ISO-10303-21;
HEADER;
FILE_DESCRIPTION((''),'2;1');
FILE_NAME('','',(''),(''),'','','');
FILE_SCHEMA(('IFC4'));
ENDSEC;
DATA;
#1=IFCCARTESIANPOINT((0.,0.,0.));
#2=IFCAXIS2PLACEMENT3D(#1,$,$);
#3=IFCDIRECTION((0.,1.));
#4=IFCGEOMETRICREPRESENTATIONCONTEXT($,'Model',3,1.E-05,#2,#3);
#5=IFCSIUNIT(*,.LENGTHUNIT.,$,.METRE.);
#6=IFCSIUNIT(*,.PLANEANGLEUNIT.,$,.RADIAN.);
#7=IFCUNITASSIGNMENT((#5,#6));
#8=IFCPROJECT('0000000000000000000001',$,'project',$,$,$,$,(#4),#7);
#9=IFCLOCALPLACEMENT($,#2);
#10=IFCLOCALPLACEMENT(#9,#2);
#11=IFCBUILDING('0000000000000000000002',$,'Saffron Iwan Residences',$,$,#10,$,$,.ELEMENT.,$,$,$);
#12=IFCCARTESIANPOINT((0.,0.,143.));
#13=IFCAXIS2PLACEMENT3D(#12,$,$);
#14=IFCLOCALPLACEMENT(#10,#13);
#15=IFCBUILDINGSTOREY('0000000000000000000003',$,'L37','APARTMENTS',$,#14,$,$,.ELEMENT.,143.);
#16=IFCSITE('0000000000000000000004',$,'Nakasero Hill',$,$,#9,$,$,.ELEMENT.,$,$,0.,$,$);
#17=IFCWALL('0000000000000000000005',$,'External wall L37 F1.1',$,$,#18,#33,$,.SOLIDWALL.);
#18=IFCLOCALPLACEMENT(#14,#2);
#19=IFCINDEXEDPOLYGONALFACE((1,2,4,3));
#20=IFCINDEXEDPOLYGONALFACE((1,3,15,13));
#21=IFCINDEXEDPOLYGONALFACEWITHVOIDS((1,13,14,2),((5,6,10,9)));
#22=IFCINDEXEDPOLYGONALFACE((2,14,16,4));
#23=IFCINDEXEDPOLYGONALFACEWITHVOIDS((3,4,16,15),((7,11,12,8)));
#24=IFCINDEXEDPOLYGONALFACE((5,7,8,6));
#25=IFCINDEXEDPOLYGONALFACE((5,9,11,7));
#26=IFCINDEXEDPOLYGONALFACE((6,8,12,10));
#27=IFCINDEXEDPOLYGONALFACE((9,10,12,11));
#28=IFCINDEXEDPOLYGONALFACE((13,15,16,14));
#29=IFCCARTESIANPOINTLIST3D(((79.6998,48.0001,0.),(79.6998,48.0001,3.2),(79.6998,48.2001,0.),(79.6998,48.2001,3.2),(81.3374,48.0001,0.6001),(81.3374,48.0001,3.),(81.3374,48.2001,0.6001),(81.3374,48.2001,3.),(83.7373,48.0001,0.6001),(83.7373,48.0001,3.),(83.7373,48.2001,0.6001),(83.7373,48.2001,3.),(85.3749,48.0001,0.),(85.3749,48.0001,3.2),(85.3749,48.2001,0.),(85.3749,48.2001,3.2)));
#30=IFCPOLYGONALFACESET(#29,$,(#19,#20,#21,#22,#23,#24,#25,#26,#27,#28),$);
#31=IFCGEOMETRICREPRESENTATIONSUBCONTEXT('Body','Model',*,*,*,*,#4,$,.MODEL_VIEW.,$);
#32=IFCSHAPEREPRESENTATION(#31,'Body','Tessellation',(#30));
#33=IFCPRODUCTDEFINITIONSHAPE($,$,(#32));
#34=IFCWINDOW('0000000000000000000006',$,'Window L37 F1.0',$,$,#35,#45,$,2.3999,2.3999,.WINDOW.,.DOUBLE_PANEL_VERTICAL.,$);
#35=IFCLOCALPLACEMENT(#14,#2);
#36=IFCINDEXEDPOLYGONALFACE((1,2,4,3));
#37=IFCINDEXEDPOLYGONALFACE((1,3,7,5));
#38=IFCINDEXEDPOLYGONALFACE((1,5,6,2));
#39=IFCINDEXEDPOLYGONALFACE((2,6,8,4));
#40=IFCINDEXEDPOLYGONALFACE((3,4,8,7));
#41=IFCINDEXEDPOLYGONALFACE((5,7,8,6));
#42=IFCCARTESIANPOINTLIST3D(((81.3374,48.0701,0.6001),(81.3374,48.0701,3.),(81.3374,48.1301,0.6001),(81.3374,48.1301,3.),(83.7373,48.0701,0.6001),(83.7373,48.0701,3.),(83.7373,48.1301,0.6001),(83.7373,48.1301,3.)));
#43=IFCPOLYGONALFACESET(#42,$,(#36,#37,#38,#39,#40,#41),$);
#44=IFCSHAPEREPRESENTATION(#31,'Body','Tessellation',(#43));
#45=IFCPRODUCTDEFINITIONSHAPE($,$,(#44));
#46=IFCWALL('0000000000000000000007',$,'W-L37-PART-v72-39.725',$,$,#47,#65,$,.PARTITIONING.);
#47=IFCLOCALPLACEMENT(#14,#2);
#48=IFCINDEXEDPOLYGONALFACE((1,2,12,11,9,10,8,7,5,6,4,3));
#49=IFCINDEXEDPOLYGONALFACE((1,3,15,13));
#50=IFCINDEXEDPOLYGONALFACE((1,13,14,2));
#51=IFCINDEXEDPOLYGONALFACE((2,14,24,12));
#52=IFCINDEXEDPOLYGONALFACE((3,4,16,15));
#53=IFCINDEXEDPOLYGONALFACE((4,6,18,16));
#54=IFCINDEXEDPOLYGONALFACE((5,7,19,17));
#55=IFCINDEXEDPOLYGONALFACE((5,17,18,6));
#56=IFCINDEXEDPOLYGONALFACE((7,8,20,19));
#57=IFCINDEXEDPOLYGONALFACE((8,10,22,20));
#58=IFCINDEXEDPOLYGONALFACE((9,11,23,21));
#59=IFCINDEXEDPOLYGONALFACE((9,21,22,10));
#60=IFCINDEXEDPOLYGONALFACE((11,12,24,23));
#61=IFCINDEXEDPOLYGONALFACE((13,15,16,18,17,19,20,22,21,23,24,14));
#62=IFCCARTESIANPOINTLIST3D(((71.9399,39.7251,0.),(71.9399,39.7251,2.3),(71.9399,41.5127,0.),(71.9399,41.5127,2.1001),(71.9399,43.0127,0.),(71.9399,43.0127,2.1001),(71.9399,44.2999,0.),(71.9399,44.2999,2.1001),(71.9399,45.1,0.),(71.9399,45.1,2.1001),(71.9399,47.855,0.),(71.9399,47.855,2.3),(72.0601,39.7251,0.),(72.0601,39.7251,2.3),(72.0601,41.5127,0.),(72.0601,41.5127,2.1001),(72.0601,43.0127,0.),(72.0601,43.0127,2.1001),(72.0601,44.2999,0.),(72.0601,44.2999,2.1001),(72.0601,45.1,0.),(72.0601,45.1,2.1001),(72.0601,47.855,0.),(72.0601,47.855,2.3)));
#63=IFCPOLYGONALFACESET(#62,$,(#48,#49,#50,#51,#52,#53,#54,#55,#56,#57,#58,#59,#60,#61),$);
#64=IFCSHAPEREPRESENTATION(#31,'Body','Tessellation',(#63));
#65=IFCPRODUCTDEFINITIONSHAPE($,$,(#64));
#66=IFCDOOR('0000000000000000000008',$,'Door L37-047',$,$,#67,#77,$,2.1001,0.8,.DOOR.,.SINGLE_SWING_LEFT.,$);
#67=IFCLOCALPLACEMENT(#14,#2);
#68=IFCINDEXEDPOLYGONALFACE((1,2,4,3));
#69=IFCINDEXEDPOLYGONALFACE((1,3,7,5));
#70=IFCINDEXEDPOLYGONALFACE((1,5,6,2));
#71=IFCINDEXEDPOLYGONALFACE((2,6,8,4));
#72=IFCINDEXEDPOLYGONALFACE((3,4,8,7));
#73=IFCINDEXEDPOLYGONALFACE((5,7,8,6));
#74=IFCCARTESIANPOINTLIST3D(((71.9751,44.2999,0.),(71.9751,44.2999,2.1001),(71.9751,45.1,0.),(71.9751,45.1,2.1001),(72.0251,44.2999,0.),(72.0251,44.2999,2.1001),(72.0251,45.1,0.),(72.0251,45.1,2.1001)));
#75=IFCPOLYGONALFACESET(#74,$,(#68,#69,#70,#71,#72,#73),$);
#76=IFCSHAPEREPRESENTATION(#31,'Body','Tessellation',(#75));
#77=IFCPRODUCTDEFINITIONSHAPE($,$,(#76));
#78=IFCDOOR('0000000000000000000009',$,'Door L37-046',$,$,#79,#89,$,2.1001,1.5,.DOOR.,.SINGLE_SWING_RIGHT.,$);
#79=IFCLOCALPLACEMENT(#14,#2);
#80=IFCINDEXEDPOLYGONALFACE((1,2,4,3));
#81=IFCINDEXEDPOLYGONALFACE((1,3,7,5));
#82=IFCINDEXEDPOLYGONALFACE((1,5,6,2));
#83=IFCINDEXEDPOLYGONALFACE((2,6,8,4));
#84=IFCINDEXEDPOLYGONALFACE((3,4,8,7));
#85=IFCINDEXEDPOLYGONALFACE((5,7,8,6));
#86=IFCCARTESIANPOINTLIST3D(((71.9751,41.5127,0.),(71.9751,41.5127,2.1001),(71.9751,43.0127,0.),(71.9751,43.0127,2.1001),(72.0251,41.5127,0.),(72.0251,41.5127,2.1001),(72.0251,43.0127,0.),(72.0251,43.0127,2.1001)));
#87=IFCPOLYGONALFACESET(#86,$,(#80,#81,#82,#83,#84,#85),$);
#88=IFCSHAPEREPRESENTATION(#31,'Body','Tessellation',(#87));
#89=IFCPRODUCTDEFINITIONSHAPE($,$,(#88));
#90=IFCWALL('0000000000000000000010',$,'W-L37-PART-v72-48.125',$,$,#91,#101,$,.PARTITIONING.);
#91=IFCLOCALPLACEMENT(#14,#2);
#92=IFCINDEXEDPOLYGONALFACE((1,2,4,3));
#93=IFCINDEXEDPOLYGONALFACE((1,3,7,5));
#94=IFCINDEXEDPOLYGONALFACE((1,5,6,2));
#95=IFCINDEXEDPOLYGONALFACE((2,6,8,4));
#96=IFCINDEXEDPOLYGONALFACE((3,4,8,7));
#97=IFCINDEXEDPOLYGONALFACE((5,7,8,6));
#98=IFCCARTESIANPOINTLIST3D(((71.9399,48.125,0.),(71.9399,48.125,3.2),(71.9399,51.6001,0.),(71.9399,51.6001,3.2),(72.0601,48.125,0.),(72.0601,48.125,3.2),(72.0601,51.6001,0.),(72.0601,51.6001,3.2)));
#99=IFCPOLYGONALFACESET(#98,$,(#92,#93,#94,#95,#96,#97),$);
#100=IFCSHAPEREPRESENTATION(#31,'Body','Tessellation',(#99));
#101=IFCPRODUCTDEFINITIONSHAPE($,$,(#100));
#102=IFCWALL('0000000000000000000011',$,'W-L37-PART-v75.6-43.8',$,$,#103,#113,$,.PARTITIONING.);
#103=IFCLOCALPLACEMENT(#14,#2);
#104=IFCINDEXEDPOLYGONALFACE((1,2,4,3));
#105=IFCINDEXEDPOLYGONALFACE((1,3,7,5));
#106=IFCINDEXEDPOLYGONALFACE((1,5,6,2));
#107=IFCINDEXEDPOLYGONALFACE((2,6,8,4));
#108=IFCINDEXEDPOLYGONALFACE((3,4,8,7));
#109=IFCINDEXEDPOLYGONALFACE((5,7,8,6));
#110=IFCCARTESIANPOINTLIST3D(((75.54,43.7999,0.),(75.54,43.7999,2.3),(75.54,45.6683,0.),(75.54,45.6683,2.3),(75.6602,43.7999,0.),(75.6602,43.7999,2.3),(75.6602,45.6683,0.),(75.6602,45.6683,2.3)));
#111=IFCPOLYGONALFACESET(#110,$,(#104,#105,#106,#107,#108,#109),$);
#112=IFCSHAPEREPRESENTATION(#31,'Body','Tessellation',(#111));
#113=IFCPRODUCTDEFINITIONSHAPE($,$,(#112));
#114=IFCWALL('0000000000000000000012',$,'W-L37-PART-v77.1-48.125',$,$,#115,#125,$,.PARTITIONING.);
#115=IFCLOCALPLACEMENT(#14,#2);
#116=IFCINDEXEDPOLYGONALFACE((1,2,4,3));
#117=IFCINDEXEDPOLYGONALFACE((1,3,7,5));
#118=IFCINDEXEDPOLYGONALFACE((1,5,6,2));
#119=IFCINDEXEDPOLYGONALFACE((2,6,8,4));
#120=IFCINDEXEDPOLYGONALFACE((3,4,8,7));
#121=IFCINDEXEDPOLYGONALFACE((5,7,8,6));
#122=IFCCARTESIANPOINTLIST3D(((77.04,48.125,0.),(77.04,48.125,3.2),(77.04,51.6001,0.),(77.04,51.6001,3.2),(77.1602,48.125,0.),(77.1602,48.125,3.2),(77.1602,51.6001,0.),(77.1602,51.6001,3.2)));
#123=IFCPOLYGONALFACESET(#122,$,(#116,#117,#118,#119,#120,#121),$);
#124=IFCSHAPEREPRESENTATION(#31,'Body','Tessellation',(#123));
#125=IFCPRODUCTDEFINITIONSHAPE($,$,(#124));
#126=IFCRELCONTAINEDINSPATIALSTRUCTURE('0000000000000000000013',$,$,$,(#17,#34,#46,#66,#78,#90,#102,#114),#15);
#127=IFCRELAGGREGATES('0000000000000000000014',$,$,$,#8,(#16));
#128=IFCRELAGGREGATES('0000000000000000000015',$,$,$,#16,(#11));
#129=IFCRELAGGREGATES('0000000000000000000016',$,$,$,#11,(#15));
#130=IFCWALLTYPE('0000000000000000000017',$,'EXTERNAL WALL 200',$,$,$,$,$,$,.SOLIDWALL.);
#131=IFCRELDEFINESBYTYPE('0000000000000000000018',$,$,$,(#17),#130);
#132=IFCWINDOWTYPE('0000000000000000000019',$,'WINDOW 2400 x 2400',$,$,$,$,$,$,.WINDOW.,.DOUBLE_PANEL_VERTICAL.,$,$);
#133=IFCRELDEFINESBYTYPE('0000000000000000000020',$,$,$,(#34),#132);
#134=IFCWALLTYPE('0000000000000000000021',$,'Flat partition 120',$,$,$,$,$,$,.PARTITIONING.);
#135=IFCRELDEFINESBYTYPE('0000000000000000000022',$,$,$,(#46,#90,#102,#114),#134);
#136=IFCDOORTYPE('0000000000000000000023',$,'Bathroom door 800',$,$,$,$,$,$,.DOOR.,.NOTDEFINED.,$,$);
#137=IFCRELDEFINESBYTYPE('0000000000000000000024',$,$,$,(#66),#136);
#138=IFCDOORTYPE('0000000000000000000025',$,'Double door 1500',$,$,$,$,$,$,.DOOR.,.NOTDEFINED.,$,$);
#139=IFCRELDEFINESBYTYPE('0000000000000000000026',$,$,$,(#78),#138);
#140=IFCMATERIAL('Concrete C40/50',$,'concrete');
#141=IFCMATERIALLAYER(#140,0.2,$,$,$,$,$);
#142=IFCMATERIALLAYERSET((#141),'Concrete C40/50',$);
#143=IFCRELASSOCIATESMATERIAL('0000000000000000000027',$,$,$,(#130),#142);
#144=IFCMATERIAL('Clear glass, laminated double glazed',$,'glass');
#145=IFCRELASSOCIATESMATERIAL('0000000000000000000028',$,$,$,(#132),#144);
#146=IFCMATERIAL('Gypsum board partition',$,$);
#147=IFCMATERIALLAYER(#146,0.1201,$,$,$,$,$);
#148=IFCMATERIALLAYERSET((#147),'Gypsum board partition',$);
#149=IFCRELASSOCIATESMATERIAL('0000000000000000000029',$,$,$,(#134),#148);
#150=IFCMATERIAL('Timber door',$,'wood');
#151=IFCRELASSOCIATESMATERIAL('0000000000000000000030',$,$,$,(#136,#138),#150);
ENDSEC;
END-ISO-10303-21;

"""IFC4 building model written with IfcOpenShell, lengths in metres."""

from ifc_helpers import new_model, si_unit, direction, frame, frame_2d, origin, place, context, subcontext, project, spatial, rectangle, extrude, material, layer, layer_set, type_object, element, fill, save


model = new_model("IFC4")

# Units and contexts
model_context = context("Model", 3, precision=1e-05, world=origin(), true_north=direction((0.0, 1.0)))
body_context = subcontext(model_context, "Body", "Model", "MODEL_VIEW")
ifc_project = project(units=[si_unit("LENGTHUNIT", "METRE"), si_unit("PLANEANGLEUNIT", "RADIAN")], contexts=[model_context])

# Site, building, storey
site_placement = place(None, origin())
site = spatial("IfcSite", under=ifc_project, at=site_placement, Name="Nakasero Hill", CompositionType="ELEMENT", RefElevation=0.0)
building_placement = place(site_placement, origin())
building = spatial("IfcBuilding", under=site, at=building_placement, Name="Saffron Iwan Residences", CompositionType="ELEMENT")
storey_placement = place(building_placement, frame((0.0, 0.0, 143.0)))
storey = spatial("IfcBuildingStorey", under=building, at=storey_placement, Name="L37", Description="APARTMENTS", CompositionType="ELEMENT", Elevation=143.0)

# Wall, opening, window
ifc_material_1 = material(Name="Concrete C40/50", Category="concrete")
ifc_layer_1 = layer(ifc_material_1, 0.2)
ifc_layer_set_1 = layer_set([ifc_layer_1], Name="Concrete C40/50")
wall_type_1 = type_object("IfcWallType", Name="EXTERNAL WALL 200", PredefinedType="SOLIDWALL", material=ifc_layer_set_1)
ifc_material_2 = material(Name="Clear glass, laminated double glazed", Category="glass")
wall_1_placement = place(storey_placement, frame((79.7, 48.1001, 0.0), z_axis=(0.0, 0.0, 1.0), x_axis=(1.0, 0.0, 0.0)))
wall_1 = element("IfcWall", 1, at=wall_1_placement, inside=storey, type_object=wall_type_1, Name="External wall L37 F1.1", PredefinedType="SOLIDWALL", context=body_context, shape_type="SweptSolid", body=[
    extrude(rectangle(XDim=5.675, YDim=0.2, at=frame_2d((2.8374, 0.0))), origin(), (0.0, 0.0, 1.0), 3.2),
])
opening_1_placement = place(wall_1_placement, frame((1.6375, 0.0, 0.6001)))
opening_1 = element("IfcOpeningElement", 2, at=opening_1_placement, cuts=wall_1, PredefinedType="OPENING", context=body_context, shape_type="SweptSolid", body=[
    extrude(rectangle(XDim=2.3999, YDim=2.3999, at=frame_2d((1.2, 1.2))), frame((0.0, 0.1099, 0.0), z_axis=(0.0, -1.0, 0.0), x_axis=(1.0, 0.0, 0.0)), (0.0, 0.0, 1.0), 0.22),
])
window_type_1 = type_object("IfcWindowType", Name="WINDOW 2400 x 2400", PartitioningType="DOUBLE_PANEL_VERTICAL", PredefinedType="WINDOW", material=ifc_material_2)
window_1_placement = place(opening_1_placement, origin())
window_1 = element("IfcWindow", 3, at=window_1_placement, inside=storey, type_object=window_type_1, Name="Window L37 F1.0", OverallHeight=2.3999, OverallWidth=2.3999, PartitioningType="DOUBLE_PANEL_VERTICAL", PredefinedType="WINDOW", context=body_context, shape_type="SweptSolid", body=[
    extrude(rectangle(XDim=2.3999, YDim=2.3999, at=frame_2d((1.2, 1.2))), frame((0.0, 0.03, 0.0), z_axis=(0.0, -1.0, 0.0), x_axis=(1.0, 0.0, 0.0)), (0.0, 0.0, 1.0), 0.0601),
])
fill(opening_1, window_1)

# Wall, openings, doors
ifc_material_3 = material(Name="Gypsum board partition")
ifc_layer_2 = layer(ifc_material_3, 0.1201)
ifc_layer_set_2 = layer_set([ifc_layer_2], Name="Gypsum board partition")
wall_type_2 = type_object("IfcWallType", Name="Flat partition 120", PredefinedType="PARTITIONING", material=ifc_layer_set_2)
wall_2_placement = place(storey_placement, frame((72.0, 39.7251, 0.0), z_axis=(0.0, 0.0, 1.0), x_axis=(0.0, 1.0, 0.0)))
wall_2 = element("IfcWall", 4, at=wall_2_placement, inside=storey, type_object=wall_type_2, Name="W-L37-PART-v72-39.725", PredefinedType="PARTITIONING", context=body_context, shape_type="SweptSolid", body=[
    extrude(rectangle(XDim=8.1299, YDim=0.1201, at=frame_2d((4.0649, 0.0))), origin(), (0.0, 0.0, 1.0), 2.3),
])
opening_2_placement = place(wall_2_placement, frame((1.7876, 0.0, 0.0)))
opening_2 = element("IfcOpeningElement", 5, at=opening_2_placement, cuts=wall_2, PredefinedType="OPENING", context=body_context, shape_type="SweptSolid", body=[
    extrude(rectangle(XDim=1.5, YDim=2.1001, at=frame_2d((0.75, 1.05))), frame((0.0, 0.0701, 0.0), z_axis=(0.0, -1.0, 0.0), x_axis=(1.0, 0.0, 0.0)), (0.0, 0.0, 1.0), 0.1401),
])
opening_3_placement = place(wall_2_placement, frame((4.575, 0.0, 0.0)))
opening_3 = element("IfcOpeningElement", 6, at=opening_3_placement, cuts=wall_2, PredefinedType="OPENING", context=body_context, shape_type="SweptSolid", body=[
    extrude(rectangle(XDim=0.8, YDim=2.1001, at=frame_2d((0.3999, 1.05))), frame((0.0, 0.0701, 0.0), z_axis=(0.0, -1.0, 0.0), x_axis=(1.0, 0.0, 0.0)), (0.0, 0.0, 1.0), 0.1401),
])
ifc_material_4 = material(Name="Timber door", Category="wood")
door_type_1 = type_object("IfcDoorType", Name="Bathroom door 800", OperationType="NOTDEFINED", PredefinedType="DOOR", material=ifc_material_4)
door_1_placement = place(opening_3_placement, origin())
door_1 = element("IfcDoor", 7, at=door_1_placement, inside=storey, type_object=door_type_1, Name="Door L37-047", OperationType="SINGLE_SWING_LEFT", OverallHeight=2.1001, OverallWidth=0.8, PredefinedType="DOOR", context=body_context, shape_type="SweptSolid", body=[
    extrude(rectangle(XDim=0.8, YDim=2.1001, at=frame_2d((0.3999, 1.05))), frame((0.0, 0.0249, 0.0), z_axis=(0.0, -1.0, 0.0), x_axis=(1.0, 0.0, 0.0)), (0.0, 0.0, 1.0), 0.05),
])
fill(opening_3, door_1)
door_type_2 = type_object("IfcDoorType", Name="Double door 1500", OperationType="NOTDEFINED", PredefinedType="DOOR", material=ifc_material_4)
door_2_placement = place(opening_2_placement, origin())
door_2 = element("IfcDoor", 8, at=door_2_placement, inside=storey, type_object=door_type_2, Name="Door L37-046", OperationType="SINGLE_SWING_RIGHT", OverallHeight=2.1001, OverallWidth=1.5, PredefinedType="DOOR", context=body_context, shape_type="SweptSolid", body=[
    extrude(rectangle(XDim=1.5, YDim=2.1001, at=frame_2d((0.75, 1.05))), frame((0.0, 0.0249, 0.0), z_axis=(0.0, -1.0, 0.0), x_axis=(1.0, 0.0, 0.0)), (0.0, 0.0, 1.0), 0.05),
])
fill(opening_2, door_2)

# Walls
wall_3_placement = place(storey_placement, frame((72.0, 48.125, 0.0), z_axis=(0.0, 0.0, 1.0), x_axis=(0.0, 1.0, 0.0)))
element("IfcWall", 9, at=wall_3_placement, inside=storey, type_object=wall_type_2, Name="W-L37-PART-v72-48.125", PredefinedType="PARTITIONING", context=body_context, shape_type="SweptSolid", body=[
    extrude(rectangle(XDim=3.4751, YDim=0.1201, at=frame_2d((1.7375, 0.0))), origin(), (0.0, 0.0, 1.0), 3.2),
])
wall_4_placement = place(storey_placement, frame((75.6001, 43.8, 0.0), z_axis=(0.0, 0.0, 1.0), x_axis=(0.0, 1.0, 0.0)))
element("IfcWall", 10, at=wall_4_placement, inside=storey, type_object=wall_type_2, Name="W-L37-PART-v75.6-43.8", PredefinedType="PARTITIONING", context=body_context, shape_type="SweptSolid", body=[
    extrude(rectangle(XDim=1.8684, YDim=0.1201, at=frame_2d((0.9341, 0.0))), origin(), (0.0, 0.0, 1.0), 2.3),
])
wall_5_placement = place(storey_placement, frame((77.1001, 48.125, 0.0), z_axis=(0.0, 0.0, 1.0), x_axis=(0.0, 1.0, 0.0)))
element("IfcWall", 11, at=wall_5_placement, inside=storey, type_object=wall_type_2, Name="W-L37-PART-v77.1-48.125", PredefinedType="PARTITIONING", context=body_context, shape_type="SweptSolid", body=[
    extrude(rectangle(XDim=3.4751, YDim=0.1201, at=frame_2d((1.7375, 0.0))), origin(), (0.0, 0.0, 1.0), 3.2),
])

save(model, "model.ifc")
